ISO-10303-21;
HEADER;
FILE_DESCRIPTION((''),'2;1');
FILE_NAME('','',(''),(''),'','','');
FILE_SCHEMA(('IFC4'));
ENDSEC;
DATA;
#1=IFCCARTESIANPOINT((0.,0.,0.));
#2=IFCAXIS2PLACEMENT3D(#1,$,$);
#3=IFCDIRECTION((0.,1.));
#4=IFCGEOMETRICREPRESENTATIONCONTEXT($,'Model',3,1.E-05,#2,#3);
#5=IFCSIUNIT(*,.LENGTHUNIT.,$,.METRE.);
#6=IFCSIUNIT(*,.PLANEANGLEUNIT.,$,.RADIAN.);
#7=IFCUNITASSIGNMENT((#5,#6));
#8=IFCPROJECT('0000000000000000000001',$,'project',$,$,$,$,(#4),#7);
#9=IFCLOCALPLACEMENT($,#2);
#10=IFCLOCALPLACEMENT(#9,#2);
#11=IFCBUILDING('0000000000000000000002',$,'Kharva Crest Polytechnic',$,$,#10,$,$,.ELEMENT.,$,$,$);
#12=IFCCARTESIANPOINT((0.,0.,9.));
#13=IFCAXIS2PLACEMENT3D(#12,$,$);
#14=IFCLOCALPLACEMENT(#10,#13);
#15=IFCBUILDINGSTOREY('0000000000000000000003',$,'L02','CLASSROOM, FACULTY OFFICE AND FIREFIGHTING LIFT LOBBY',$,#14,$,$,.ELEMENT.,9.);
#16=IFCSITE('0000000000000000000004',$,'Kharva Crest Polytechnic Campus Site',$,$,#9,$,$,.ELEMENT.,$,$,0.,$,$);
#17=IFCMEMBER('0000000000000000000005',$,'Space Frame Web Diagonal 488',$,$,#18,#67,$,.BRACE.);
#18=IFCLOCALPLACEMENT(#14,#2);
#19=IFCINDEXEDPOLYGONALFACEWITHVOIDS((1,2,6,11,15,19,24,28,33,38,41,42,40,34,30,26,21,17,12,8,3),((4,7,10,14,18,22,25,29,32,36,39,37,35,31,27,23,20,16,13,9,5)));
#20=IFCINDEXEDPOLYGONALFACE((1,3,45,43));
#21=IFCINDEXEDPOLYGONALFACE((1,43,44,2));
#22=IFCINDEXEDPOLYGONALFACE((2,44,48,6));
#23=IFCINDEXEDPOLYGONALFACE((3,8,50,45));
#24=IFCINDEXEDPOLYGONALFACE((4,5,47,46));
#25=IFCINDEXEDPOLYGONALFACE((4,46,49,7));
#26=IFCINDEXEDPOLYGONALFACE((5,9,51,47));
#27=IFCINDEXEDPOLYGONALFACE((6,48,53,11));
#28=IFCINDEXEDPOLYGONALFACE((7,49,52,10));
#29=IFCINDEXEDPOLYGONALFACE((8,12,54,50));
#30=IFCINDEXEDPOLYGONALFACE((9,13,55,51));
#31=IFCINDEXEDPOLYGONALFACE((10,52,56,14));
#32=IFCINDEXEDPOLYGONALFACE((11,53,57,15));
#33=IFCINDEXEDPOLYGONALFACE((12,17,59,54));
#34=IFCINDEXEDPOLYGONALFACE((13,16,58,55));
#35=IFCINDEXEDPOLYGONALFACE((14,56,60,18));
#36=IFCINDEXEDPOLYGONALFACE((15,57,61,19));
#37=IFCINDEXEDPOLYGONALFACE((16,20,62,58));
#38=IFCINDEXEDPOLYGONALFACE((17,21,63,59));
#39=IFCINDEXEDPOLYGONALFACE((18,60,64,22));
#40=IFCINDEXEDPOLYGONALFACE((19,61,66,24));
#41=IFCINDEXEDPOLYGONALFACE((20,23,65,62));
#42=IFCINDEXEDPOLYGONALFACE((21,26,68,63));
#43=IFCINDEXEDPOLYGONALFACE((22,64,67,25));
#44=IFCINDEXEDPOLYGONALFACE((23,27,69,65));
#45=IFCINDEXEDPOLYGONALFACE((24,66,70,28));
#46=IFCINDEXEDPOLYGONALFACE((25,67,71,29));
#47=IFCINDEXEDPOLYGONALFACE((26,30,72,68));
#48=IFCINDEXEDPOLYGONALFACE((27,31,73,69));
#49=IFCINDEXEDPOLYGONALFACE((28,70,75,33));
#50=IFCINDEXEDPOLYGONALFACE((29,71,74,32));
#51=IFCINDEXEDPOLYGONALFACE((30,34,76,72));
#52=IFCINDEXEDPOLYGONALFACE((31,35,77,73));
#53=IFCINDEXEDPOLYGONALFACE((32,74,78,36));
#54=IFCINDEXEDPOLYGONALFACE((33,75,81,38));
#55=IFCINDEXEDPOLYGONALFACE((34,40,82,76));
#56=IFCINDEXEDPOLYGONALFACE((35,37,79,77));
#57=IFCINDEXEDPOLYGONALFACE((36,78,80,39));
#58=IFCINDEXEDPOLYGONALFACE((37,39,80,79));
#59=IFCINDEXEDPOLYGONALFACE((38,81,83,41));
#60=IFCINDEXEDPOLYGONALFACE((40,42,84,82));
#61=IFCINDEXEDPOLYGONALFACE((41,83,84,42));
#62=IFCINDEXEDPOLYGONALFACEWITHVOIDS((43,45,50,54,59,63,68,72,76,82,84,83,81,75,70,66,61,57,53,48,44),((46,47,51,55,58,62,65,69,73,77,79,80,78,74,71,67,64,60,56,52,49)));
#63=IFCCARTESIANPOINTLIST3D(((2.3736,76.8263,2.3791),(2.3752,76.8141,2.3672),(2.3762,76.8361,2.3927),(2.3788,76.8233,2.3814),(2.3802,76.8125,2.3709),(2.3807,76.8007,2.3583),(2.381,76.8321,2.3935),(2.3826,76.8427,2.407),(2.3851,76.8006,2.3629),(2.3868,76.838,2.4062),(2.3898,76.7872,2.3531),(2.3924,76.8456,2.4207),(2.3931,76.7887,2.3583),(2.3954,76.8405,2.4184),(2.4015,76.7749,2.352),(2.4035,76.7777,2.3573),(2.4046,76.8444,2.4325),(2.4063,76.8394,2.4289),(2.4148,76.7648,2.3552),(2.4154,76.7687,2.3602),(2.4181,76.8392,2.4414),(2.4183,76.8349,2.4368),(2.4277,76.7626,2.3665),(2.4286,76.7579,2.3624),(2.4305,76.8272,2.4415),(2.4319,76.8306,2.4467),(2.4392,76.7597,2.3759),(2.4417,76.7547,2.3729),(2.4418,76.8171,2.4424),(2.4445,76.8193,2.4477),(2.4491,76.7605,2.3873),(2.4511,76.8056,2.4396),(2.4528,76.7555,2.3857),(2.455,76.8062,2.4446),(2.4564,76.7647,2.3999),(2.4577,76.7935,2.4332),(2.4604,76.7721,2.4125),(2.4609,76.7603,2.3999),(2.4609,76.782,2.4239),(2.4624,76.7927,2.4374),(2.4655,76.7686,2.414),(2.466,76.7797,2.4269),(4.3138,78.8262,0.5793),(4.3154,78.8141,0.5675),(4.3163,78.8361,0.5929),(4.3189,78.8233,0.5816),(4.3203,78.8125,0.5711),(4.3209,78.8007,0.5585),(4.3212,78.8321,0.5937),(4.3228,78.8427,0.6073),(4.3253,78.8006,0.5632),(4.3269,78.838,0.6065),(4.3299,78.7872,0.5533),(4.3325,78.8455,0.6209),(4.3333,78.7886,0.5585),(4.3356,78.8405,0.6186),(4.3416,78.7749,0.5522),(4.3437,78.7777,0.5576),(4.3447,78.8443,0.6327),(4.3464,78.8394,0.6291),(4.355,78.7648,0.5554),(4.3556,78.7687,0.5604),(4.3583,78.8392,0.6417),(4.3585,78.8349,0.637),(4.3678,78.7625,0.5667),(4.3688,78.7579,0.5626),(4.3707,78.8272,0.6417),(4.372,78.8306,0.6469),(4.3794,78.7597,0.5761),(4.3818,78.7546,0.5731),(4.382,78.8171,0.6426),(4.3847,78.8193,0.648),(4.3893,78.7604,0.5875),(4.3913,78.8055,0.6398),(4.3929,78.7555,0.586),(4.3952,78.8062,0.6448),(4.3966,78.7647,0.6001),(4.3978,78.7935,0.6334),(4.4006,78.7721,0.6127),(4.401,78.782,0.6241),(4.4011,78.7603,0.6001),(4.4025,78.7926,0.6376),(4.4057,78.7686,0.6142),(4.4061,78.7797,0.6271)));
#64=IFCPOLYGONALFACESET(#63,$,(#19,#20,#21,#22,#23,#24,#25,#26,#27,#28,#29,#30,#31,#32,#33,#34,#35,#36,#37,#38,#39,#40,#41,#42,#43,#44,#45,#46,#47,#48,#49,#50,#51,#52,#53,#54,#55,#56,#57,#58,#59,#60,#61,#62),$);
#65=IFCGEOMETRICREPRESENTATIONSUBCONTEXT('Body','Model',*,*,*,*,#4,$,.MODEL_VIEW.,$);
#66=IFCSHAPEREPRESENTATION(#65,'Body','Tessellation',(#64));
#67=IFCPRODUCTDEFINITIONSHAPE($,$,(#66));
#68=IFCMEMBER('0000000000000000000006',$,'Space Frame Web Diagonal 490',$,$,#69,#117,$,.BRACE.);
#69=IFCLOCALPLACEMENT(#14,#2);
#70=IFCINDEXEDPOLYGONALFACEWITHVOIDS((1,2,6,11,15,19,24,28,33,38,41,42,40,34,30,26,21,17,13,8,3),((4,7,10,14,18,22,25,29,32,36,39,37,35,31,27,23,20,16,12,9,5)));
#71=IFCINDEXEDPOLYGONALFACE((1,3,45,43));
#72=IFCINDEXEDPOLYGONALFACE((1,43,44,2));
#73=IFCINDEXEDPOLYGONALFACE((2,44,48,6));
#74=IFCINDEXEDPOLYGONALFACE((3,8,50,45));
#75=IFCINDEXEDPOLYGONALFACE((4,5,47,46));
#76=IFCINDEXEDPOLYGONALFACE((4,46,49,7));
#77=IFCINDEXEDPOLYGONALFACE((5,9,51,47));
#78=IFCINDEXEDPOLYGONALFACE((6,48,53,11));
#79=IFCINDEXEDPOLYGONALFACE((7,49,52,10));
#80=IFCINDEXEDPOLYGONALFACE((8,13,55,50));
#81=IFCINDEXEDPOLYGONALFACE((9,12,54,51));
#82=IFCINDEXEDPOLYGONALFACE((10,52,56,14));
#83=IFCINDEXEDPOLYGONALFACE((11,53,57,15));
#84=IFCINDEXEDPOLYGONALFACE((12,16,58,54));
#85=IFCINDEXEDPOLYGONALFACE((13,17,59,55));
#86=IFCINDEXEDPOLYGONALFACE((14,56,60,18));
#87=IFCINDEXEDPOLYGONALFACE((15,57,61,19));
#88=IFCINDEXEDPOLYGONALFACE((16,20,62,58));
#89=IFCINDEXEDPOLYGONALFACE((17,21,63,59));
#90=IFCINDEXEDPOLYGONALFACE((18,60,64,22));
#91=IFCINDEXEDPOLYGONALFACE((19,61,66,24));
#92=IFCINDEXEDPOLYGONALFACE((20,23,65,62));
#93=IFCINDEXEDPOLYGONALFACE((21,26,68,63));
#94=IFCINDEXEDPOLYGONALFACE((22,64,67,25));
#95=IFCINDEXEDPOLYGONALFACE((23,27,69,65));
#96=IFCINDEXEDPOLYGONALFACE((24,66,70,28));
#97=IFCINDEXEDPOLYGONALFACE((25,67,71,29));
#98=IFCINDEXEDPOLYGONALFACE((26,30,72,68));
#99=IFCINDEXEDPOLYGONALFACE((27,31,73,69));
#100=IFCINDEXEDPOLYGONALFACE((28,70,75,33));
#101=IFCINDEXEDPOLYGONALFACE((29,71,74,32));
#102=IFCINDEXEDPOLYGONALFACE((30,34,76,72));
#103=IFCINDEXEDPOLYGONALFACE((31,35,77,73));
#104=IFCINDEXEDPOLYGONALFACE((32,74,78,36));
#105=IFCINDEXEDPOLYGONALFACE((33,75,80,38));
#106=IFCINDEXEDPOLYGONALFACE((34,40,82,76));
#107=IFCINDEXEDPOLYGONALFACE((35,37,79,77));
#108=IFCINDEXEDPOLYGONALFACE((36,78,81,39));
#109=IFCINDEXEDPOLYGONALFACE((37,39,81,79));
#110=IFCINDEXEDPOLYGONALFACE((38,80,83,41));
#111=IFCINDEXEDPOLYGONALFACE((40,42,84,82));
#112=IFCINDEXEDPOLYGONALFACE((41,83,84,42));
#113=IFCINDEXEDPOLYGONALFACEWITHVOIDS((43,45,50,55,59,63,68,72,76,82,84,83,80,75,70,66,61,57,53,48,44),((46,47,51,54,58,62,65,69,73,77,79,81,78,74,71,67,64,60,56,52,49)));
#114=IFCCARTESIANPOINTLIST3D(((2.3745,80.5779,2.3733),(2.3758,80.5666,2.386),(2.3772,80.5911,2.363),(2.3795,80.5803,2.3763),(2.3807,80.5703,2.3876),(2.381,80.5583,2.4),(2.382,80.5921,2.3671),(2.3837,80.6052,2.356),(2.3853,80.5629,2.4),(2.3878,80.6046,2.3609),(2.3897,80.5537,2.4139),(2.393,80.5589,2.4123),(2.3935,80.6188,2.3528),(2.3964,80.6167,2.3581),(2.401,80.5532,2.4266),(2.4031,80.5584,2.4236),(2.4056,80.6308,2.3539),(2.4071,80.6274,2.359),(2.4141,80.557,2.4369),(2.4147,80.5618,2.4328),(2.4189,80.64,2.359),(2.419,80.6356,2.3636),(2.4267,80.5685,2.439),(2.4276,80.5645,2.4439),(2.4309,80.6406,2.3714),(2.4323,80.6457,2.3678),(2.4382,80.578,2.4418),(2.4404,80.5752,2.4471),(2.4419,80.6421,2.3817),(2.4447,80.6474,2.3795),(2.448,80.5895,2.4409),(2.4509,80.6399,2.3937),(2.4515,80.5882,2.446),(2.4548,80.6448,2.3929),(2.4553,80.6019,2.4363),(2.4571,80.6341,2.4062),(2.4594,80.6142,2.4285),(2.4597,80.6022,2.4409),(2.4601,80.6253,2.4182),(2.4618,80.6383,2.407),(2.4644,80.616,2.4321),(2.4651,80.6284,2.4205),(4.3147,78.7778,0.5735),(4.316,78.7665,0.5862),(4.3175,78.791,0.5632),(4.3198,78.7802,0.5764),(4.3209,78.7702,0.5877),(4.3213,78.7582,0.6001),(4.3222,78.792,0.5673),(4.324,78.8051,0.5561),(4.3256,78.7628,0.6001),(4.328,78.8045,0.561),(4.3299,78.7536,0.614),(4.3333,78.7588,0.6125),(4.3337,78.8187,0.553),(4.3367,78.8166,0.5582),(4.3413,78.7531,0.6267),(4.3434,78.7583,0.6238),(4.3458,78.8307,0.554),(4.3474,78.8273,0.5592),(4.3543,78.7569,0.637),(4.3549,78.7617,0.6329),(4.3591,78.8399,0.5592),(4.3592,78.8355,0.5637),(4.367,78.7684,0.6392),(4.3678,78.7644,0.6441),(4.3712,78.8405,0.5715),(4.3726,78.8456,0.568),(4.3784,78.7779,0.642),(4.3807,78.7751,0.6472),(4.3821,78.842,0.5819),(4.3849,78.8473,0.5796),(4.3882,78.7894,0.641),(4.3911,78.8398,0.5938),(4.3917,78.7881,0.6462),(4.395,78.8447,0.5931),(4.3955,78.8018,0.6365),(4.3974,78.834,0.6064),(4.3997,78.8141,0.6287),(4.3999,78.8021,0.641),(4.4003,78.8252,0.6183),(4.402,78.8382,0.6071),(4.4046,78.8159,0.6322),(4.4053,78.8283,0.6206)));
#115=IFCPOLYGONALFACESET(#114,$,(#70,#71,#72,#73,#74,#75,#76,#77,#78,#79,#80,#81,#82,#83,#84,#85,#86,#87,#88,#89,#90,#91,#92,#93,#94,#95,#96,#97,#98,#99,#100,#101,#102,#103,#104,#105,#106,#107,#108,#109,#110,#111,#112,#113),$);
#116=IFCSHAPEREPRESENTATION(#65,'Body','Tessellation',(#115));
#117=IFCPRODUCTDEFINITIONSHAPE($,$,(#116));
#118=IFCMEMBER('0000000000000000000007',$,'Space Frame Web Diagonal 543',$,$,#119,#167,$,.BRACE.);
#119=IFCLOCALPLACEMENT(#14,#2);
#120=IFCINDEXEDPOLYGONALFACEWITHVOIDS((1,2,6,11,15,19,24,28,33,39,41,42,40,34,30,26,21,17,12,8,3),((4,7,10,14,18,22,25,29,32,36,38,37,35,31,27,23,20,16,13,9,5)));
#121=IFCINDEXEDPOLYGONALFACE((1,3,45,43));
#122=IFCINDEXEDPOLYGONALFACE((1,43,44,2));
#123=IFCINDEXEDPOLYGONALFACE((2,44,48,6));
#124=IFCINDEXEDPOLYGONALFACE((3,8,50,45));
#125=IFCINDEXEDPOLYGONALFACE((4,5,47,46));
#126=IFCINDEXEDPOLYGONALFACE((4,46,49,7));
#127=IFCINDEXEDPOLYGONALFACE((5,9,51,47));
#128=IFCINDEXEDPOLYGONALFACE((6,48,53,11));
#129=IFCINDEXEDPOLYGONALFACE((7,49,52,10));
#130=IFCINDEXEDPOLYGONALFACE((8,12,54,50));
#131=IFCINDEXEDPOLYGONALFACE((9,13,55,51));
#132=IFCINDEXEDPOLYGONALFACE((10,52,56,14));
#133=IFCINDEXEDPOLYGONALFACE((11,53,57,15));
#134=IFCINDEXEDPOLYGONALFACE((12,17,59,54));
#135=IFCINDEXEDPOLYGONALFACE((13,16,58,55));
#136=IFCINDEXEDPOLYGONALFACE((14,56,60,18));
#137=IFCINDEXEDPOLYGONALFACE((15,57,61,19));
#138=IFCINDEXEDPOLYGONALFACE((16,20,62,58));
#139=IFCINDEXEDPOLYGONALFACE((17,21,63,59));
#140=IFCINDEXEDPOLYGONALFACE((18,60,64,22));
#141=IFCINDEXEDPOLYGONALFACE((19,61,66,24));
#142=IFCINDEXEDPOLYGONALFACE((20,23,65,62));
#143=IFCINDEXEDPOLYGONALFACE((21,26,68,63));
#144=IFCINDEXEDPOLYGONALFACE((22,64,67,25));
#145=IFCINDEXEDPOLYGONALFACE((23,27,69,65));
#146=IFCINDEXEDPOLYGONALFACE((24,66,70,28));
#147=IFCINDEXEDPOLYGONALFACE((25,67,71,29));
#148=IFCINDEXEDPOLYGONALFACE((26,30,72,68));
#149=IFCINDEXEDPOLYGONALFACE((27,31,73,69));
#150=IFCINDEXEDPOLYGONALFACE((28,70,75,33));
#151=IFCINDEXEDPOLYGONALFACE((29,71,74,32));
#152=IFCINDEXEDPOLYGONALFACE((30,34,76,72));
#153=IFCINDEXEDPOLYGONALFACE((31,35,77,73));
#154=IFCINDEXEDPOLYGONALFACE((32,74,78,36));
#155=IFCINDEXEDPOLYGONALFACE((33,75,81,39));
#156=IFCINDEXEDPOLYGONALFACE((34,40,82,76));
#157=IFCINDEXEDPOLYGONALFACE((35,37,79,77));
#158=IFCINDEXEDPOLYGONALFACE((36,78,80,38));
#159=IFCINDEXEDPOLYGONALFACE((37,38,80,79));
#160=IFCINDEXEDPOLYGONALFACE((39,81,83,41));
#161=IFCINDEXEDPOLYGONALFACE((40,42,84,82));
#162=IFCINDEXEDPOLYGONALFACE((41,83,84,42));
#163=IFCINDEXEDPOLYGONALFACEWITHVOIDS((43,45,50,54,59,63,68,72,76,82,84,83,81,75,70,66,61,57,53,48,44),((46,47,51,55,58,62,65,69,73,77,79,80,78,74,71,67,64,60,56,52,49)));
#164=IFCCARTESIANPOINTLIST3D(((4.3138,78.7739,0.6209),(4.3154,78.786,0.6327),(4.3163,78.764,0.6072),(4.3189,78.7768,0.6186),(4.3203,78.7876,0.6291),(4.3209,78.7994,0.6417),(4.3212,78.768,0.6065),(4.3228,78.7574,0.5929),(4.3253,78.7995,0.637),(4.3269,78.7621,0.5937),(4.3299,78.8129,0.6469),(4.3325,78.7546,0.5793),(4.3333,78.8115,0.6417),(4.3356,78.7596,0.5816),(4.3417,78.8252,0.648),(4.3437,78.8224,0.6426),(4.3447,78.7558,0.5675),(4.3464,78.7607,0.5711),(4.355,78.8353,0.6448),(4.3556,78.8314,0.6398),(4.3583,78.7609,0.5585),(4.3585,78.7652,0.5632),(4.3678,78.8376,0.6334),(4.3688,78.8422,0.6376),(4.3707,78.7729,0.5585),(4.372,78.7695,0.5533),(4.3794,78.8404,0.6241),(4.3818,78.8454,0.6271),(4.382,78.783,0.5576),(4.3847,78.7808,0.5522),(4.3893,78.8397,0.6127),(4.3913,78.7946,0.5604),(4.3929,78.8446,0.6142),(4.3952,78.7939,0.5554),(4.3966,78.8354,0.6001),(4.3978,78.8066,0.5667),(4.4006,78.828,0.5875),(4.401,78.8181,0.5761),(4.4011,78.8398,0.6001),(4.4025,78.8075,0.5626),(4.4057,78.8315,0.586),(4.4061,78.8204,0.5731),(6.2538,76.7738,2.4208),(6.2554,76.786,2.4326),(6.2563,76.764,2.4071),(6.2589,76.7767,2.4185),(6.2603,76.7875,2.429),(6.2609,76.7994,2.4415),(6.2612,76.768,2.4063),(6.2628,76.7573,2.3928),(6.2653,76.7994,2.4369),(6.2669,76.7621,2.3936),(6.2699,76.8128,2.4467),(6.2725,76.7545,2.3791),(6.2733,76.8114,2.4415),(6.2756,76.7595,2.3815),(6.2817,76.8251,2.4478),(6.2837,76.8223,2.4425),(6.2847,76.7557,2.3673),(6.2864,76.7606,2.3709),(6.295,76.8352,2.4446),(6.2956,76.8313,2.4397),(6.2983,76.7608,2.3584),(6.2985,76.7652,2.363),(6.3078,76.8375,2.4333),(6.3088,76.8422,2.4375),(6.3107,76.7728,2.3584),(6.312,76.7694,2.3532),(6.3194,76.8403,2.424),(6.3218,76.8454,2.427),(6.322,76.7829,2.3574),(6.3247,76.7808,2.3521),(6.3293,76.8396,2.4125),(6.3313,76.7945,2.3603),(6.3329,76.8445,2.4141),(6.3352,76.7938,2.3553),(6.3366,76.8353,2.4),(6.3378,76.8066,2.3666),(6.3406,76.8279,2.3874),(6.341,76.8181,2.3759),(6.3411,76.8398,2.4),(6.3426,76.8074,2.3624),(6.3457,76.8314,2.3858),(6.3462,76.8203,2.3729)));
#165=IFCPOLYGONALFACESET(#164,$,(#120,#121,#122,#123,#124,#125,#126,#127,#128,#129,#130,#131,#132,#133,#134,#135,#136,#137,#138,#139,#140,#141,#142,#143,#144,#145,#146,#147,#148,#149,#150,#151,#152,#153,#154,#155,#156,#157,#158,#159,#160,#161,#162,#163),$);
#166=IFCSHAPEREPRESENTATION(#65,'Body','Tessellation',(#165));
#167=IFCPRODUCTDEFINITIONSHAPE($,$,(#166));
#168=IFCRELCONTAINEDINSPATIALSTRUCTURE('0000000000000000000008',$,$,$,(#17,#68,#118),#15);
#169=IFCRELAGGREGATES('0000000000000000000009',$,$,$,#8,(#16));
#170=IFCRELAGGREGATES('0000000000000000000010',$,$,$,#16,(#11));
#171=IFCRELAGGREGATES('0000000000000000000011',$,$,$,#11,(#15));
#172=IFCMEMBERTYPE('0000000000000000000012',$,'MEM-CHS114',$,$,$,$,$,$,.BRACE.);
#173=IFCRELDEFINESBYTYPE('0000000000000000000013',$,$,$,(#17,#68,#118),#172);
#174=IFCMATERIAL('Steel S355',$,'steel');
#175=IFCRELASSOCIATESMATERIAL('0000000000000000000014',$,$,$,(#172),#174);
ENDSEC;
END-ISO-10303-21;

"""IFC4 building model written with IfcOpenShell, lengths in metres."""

from ifc_helpers import new_model, si_unit, direction, frame, origin, origin_2d, place, context, subcontext, project, spatial, hollow_circle, extrude, material, material_profile, profile_set, type_object, element, save


model = new_model("IFC4")

# Units and contexts
model_context = context("Model", 3, precision=1e-05, world=origin(), true_north=direction((0.0, 1.0)))
body_context = subcontext(model_context, "Body", "Model", "MODEL_VIEW")
ifc_project = project(units=[si_unit("LENGTHUNIT", "METRE"), si_unit("PLANEANGLEUNIT", "RADIAN")], contexts=[model_context])

# Site, building, storey
site_placement = place(None, origin())
site = spatial("IfcSite", under=ifc_project, at=site_placement, Name="Kharva Crest Polytechnic Campus Site", CompositionType="ELEMENT", RefElevation=0.0)
building_placement = place(site_placement, origin())
building = spatial("IfcBuilding", under=site, at=building_placement, Name="Kharva Crest Polytechnic", CompositionType="ELEMENT")
storey_placement = place(building_placement, frame((0.0, 0.0, 9.0)))
storey = spatial("IfcBuildingStorey", under=building, at=storey_placement, Name="L02", Description="CLASSROOM, FACULTY OFFICE AND FIREFIGHTING LIFT LOBBY", CompositionType="ELEMENT", Elevation=9.0)

# Shared definitions
ifc_material_1 = material(Name="Steel S355", Category="steel")

# Members
ifc_material_profile_1 = material_profile(ifc_material_1, hollow_circle(Radius=0.0571, WallThickness=0.0063, at=origin_2d()), Name="CHS 114.3X6.3")
ifc_profile_set_1 = profile_set([ifc_material_profile_1], Name="Steel S355")
member_type_1 = type_object("IfcMemberType", Name="MEM-CHS114", PredefinedType="BRACE", material=ifc_profile_set_1)
member_1_placement = place(storey_placement, frame((4.3601, 78.8, 0.6001), z_axis=(-0.584892, -0.602924, 0.542572), x_axis=(0.717758, -0.696292, 0.0)))
element("IfcMember", 1, at=member_1_placement, inside=storey, type_object=member_type_1, Name="Space Frame Web Diagonal 488", PredefinedType="BRACE", context=body_context, shape_type="SweptSolid", body=[
    extrude(hollow_circle(Radius=0.0571, WallThickness=0.0063, at=origin_2d()), origin(), (0.0, 0.0, 1.0), 3.3171),
])
member_2_placement = place(storey_placement, frame((4.3601, 78.8, 0.6001), z_axis=(-0.606196, 0.562411, 0.562335), x_axis=(-0.680136, -0.733086, 0.0)))
element("IfcMember", 2, at=member_2_placement, inside=storey, type_object=member_type_1, Name="Space Frame Web Diagonal 490", PredefinedType="BRACE", context=body_context, shape_type="SweptSolid", body=[
    extrude(hollow_circle(Radius=0.0571, WallThickness=0.0063, at=origin_2d()), origin(), (0.0, 0.0, 1.0), 3.2007),
])
member_3_placement = place(storey_placement, frame((4.3601, 78.8, 0.6001), z_axis=(0.584843, -0.60295, 0.542596), x_axis=(0.717802, 0.696247, 0.0)))
element("IfcMember", 3, at=member_3_placement, inside=storey, type_object=member_type_1, Name="Space Frame Web Diagonal 543", PredefinedType="BRACE", context=body_context, shape_type="SweptSolid", body=[
    extrude(hollow_circle(Radius=0.0571, WallThickness=0.0063, at=origin_2d()), origin(), (0.0, 0.0, 1.0), 3.3171),
])

save(model, "model.ifc")
